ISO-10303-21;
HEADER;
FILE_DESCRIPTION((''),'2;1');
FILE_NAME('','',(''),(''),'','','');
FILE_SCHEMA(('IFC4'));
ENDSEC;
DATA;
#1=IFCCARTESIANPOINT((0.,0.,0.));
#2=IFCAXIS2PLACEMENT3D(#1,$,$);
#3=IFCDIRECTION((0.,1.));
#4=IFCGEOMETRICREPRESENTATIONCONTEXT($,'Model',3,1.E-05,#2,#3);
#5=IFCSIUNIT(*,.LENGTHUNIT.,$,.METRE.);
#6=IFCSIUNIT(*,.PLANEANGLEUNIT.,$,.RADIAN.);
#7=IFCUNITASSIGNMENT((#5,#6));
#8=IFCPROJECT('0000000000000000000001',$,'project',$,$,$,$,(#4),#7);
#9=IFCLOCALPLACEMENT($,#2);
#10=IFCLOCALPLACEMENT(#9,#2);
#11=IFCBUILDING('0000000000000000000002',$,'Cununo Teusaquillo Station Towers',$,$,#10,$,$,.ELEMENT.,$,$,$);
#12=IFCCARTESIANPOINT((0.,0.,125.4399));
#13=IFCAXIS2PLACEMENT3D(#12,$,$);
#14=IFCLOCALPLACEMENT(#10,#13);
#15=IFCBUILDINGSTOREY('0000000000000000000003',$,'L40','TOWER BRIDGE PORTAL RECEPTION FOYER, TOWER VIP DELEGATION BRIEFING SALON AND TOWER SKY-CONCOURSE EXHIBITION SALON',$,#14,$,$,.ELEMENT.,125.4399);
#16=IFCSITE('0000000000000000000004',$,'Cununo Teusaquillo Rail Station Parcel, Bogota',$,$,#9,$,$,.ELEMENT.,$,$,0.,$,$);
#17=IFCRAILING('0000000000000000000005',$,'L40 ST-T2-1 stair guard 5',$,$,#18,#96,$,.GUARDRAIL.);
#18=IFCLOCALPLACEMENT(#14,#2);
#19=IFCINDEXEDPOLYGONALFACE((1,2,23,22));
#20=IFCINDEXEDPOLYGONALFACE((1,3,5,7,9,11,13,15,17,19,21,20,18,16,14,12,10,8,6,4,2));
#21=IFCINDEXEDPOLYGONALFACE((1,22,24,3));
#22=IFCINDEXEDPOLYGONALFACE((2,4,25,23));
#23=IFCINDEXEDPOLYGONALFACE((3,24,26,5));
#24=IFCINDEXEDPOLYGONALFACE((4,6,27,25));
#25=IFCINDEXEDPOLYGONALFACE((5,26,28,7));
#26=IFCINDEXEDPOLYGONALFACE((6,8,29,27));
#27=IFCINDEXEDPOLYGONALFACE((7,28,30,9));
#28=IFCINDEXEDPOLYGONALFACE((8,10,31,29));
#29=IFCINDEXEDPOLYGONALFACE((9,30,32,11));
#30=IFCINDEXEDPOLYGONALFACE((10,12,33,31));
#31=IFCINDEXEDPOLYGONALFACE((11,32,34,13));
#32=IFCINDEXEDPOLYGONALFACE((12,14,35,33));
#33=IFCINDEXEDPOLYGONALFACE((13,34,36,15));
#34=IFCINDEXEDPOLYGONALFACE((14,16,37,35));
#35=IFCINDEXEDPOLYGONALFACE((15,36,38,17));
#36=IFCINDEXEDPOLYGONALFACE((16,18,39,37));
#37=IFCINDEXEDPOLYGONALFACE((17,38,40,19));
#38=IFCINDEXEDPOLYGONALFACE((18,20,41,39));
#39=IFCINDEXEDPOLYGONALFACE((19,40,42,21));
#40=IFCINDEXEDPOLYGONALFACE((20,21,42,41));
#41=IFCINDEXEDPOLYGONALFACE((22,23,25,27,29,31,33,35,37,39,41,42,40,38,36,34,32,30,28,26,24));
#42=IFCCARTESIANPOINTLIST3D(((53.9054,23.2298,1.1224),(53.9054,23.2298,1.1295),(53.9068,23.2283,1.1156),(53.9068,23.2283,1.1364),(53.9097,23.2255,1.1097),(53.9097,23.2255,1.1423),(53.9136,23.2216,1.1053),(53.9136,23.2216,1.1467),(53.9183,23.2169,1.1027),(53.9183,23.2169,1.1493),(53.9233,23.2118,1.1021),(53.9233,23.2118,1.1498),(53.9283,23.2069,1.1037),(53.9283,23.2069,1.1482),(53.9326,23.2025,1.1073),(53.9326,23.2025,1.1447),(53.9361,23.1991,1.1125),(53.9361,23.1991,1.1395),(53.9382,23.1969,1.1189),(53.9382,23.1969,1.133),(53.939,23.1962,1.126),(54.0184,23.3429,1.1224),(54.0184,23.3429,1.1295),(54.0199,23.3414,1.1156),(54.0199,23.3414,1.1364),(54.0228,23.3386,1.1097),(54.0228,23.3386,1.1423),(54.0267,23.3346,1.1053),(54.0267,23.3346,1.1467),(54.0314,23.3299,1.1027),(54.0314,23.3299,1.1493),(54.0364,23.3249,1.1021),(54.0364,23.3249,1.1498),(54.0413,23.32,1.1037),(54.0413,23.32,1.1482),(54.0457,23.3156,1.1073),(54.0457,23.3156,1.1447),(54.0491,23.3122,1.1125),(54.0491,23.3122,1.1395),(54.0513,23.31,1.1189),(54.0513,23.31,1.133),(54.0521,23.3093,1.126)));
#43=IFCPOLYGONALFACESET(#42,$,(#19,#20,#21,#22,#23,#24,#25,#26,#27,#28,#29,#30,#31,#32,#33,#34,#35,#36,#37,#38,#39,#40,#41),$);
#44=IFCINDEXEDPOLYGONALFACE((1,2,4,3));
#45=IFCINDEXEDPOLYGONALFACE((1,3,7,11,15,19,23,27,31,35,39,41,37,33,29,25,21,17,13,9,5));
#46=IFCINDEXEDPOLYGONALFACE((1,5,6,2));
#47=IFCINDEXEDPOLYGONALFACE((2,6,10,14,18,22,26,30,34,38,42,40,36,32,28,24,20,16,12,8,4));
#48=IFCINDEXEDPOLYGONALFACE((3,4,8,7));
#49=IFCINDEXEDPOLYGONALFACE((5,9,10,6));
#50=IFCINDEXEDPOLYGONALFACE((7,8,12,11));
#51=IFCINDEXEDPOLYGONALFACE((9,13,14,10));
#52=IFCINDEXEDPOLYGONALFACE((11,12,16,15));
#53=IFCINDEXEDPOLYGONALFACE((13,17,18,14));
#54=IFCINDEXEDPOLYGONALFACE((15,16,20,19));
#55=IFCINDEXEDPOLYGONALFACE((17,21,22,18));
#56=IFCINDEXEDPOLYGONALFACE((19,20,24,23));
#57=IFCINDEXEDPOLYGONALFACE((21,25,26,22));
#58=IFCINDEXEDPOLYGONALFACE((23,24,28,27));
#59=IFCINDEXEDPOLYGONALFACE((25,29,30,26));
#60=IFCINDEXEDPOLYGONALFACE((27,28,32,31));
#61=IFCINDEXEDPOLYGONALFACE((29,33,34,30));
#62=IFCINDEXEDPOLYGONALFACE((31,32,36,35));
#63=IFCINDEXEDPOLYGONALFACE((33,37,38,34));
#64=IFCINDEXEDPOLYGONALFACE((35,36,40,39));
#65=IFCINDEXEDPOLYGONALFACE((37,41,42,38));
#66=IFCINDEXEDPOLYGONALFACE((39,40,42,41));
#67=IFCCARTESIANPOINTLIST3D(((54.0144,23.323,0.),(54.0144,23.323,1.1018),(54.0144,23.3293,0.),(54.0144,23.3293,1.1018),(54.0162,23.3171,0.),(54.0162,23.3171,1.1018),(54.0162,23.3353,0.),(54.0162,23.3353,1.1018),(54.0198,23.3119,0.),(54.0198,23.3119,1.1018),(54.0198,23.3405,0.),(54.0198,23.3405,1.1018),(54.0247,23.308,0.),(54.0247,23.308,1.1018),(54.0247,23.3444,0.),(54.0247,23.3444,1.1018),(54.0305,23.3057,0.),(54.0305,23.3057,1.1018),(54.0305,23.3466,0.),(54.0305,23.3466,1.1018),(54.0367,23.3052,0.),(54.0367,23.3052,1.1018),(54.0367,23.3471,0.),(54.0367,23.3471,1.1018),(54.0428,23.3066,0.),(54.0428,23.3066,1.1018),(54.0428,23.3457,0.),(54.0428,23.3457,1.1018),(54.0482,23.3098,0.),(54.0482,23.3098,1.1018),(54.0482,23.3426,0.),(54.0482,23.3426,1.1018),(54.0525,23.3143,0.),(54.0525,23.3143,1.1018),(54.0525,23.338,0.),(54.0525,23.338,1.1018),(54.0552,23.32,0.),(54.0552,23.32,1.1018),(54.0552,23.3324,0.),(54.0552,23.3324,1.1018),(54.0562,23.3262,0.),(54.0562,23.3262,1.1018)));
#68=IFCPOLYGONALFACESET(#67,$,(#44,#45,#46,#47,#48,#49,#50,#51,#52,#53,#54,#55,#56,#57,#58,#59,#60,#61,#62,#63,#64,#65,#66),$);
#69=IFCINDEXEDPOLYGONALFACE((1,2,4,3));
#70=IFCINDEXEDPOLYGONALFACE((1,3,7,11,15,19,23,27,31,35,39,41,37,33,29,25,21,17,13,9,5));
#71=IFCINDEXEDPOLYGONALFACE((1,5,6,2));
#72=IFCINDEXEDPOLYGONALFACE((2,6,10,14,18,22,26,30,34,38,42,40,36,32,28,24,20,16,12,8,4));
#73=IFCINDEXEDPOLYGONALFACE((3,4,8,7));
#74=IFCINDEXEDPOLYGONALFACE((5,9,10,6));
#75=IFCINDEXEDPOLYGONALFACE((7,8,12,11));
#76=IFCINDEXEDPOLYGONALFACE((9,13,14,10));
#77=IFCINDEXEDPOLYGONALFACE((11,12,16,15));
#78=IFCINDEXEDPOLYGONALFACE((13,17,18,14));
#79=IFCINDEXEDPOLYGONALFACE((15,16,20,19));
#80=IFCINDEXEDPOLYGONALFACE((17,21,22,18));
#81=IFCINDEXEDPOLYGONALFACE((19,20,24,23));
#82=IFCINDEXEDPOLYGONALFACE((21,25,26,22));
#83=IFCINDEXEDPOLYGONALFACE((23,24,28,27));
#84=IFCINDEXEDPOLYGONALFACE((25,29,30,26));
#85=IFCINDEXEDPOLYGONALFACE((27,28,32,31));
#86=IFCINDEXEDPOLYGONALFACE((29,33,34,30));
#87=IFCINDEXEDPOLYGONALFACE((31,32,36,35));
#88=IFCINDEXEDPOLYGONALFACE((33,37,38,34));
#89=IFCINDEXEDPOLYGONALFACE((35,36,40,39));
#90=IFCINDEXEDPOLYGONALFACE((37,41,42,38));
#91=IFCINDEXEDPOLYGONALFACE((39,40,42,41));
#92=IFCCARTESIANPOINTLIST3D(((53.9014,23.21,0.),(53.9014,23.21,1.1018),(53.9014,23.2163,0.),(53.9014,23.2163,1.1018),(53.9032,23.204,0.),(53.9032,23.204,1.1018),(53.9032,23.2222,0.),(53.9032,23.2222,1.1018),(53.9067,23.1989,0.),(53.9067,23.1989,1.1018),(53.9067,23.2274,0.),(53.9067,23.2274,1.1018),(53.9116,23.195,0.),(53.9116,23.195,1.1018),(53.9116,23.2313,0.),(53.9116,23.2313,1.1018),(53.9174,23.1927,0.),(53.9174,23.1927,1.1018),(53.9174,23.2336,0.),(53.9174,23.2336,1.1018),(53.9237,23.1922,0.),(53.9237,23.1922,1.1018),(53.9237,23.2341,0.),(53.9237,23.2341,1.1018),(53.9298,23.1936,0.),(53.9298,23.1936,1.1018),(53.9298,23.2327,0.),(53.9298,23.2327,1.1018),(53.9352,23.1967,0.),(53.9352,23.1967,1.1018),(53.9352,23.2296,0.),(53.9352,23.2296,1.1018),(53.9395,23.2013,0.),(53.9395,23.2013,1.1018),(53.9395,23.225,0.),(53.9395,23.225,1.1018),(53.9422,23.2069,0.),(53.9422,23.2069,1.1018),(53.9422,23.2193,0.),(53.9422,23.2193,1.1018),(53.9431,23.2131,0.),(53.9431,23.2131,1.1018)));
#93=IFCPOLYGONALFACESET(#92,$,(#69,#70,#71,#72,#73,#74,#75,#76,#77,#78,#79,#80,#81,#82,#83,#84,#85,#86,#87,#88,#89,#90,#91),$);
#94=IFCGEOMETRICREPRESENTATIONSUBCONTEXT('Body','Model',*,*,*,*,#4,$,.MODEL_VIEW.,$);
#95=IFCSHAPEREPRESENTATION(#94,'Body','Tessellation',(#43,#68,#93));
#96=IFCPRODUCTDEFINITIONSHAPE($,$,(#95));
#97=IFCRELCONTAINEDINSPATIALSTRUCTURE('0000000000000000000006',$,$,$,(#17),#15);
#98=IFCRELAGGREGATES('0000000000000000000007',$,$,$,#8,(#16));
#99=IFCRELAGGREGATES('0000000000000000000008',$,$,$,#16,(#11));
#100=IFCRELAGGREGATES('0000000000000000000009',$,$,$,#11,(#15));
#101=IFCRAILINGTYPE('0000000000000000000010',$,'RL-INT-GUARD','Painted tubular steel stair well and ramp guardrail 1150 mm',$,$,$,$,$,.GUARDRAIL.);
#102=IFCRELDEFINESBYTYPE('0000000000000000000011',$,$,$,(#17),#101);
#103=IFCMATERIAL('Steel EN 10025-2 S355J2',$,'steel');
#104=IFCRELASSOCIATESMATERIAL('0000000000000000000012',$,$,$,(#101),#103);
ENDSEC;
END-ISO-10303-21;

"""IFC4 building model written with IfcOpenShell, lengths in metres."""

from ifc_helpers import new_model, si_unit, direction, frame, origin, origin_2d, place, context, subcontext, project, spatial, circle, extrude, material, type_object, element, save


model = new_model("IFC4")

# Units and contexts
model_context = context("Model", 3, precision=1e-05, world=origin(), true_north=direction((0.0, 1.0)))
body_context = subcontext(model_context, "Body", "Model", "MODEL_VIEW")
ifc_project = project(units=[si_unit("LENGTHUNIT", "METRE"), si_unit("PLANEANGLEUNIT", "RADIAN")], contexts=[model_context])

# Site, building, storey
site_placement = place(None, origin())
site = spatial("IfcSite", under=ifc_project, at=site_placement, Name="Cununo Teusaquillo Rail Station Parcel, Bogota", CompositionType="ELEMENT", RefElevation=0.0)
building_placement = place(site_placement, origin())
building = spatial("IfcBuilding", under=site, at=building_placement, Name="Cununo Teusaquillo Station Towers", CompositionType="ELEMENT")
storey_placement = place(building_placement, frame((0.0, 0.0, 125.4399)))
storey = spatial("IfcBuildingStorey", under=building, at=storey_placement, Name="L40", Description="TOWER BRIDGE PORTAL RECEPTION FOYER, TOWER VIP DELEGATION BRIEFING SALON AND TOWER SKY-CONCOURSE EXHIBITION SALON", CompositionType="ELEMENT", Elevation=125.4399)

# Railing
ifc_material_1 = material(Name="Steel EN 10025-2 S355J2", Category="steel")
railing_type_1 = type_object("IfcRailingType", Name="RL-INT-GUARD", Description="Painted tubular steel stair well and ramp guardrail 1150 mm", PredefinedType="GUARDRAIL", material=ifc_material_1)
railing_1_placement = place(storey_placement, frame((54.0352, 23.3262, 0.0)))
element("IfcRailing", 1, at=railing_1_placement, inside=storey, type_object=railing_type_1, Name="L40 ST-T2-1 stair guard 5", PredefinedType="GUARDRAIL", context=body_context, shape_type="SweptSolid", body=[
    extrude(circle(Radius=0.0239, at=origin_2d()), frame((0.0, 0.0, 1.126), z_axis=(-0.707107, -0.707107, 0.0), x_axis=(0.707107, -0.707107, 0.0)), (0.0, 0.0, 1.0), 0.1599),
    extrude(circle(Radius=0.021, at=origin_2d()), origin(), (0.0, 0.0, 1.0), 1.1018),
    extrude(circle(Radius=0.021, at=origin_2d()), frame((-0.113, -0.113, 0.0)), (0.0, 0.0, 1.0), 1.1018),
])

save(model, "model.ifc")
